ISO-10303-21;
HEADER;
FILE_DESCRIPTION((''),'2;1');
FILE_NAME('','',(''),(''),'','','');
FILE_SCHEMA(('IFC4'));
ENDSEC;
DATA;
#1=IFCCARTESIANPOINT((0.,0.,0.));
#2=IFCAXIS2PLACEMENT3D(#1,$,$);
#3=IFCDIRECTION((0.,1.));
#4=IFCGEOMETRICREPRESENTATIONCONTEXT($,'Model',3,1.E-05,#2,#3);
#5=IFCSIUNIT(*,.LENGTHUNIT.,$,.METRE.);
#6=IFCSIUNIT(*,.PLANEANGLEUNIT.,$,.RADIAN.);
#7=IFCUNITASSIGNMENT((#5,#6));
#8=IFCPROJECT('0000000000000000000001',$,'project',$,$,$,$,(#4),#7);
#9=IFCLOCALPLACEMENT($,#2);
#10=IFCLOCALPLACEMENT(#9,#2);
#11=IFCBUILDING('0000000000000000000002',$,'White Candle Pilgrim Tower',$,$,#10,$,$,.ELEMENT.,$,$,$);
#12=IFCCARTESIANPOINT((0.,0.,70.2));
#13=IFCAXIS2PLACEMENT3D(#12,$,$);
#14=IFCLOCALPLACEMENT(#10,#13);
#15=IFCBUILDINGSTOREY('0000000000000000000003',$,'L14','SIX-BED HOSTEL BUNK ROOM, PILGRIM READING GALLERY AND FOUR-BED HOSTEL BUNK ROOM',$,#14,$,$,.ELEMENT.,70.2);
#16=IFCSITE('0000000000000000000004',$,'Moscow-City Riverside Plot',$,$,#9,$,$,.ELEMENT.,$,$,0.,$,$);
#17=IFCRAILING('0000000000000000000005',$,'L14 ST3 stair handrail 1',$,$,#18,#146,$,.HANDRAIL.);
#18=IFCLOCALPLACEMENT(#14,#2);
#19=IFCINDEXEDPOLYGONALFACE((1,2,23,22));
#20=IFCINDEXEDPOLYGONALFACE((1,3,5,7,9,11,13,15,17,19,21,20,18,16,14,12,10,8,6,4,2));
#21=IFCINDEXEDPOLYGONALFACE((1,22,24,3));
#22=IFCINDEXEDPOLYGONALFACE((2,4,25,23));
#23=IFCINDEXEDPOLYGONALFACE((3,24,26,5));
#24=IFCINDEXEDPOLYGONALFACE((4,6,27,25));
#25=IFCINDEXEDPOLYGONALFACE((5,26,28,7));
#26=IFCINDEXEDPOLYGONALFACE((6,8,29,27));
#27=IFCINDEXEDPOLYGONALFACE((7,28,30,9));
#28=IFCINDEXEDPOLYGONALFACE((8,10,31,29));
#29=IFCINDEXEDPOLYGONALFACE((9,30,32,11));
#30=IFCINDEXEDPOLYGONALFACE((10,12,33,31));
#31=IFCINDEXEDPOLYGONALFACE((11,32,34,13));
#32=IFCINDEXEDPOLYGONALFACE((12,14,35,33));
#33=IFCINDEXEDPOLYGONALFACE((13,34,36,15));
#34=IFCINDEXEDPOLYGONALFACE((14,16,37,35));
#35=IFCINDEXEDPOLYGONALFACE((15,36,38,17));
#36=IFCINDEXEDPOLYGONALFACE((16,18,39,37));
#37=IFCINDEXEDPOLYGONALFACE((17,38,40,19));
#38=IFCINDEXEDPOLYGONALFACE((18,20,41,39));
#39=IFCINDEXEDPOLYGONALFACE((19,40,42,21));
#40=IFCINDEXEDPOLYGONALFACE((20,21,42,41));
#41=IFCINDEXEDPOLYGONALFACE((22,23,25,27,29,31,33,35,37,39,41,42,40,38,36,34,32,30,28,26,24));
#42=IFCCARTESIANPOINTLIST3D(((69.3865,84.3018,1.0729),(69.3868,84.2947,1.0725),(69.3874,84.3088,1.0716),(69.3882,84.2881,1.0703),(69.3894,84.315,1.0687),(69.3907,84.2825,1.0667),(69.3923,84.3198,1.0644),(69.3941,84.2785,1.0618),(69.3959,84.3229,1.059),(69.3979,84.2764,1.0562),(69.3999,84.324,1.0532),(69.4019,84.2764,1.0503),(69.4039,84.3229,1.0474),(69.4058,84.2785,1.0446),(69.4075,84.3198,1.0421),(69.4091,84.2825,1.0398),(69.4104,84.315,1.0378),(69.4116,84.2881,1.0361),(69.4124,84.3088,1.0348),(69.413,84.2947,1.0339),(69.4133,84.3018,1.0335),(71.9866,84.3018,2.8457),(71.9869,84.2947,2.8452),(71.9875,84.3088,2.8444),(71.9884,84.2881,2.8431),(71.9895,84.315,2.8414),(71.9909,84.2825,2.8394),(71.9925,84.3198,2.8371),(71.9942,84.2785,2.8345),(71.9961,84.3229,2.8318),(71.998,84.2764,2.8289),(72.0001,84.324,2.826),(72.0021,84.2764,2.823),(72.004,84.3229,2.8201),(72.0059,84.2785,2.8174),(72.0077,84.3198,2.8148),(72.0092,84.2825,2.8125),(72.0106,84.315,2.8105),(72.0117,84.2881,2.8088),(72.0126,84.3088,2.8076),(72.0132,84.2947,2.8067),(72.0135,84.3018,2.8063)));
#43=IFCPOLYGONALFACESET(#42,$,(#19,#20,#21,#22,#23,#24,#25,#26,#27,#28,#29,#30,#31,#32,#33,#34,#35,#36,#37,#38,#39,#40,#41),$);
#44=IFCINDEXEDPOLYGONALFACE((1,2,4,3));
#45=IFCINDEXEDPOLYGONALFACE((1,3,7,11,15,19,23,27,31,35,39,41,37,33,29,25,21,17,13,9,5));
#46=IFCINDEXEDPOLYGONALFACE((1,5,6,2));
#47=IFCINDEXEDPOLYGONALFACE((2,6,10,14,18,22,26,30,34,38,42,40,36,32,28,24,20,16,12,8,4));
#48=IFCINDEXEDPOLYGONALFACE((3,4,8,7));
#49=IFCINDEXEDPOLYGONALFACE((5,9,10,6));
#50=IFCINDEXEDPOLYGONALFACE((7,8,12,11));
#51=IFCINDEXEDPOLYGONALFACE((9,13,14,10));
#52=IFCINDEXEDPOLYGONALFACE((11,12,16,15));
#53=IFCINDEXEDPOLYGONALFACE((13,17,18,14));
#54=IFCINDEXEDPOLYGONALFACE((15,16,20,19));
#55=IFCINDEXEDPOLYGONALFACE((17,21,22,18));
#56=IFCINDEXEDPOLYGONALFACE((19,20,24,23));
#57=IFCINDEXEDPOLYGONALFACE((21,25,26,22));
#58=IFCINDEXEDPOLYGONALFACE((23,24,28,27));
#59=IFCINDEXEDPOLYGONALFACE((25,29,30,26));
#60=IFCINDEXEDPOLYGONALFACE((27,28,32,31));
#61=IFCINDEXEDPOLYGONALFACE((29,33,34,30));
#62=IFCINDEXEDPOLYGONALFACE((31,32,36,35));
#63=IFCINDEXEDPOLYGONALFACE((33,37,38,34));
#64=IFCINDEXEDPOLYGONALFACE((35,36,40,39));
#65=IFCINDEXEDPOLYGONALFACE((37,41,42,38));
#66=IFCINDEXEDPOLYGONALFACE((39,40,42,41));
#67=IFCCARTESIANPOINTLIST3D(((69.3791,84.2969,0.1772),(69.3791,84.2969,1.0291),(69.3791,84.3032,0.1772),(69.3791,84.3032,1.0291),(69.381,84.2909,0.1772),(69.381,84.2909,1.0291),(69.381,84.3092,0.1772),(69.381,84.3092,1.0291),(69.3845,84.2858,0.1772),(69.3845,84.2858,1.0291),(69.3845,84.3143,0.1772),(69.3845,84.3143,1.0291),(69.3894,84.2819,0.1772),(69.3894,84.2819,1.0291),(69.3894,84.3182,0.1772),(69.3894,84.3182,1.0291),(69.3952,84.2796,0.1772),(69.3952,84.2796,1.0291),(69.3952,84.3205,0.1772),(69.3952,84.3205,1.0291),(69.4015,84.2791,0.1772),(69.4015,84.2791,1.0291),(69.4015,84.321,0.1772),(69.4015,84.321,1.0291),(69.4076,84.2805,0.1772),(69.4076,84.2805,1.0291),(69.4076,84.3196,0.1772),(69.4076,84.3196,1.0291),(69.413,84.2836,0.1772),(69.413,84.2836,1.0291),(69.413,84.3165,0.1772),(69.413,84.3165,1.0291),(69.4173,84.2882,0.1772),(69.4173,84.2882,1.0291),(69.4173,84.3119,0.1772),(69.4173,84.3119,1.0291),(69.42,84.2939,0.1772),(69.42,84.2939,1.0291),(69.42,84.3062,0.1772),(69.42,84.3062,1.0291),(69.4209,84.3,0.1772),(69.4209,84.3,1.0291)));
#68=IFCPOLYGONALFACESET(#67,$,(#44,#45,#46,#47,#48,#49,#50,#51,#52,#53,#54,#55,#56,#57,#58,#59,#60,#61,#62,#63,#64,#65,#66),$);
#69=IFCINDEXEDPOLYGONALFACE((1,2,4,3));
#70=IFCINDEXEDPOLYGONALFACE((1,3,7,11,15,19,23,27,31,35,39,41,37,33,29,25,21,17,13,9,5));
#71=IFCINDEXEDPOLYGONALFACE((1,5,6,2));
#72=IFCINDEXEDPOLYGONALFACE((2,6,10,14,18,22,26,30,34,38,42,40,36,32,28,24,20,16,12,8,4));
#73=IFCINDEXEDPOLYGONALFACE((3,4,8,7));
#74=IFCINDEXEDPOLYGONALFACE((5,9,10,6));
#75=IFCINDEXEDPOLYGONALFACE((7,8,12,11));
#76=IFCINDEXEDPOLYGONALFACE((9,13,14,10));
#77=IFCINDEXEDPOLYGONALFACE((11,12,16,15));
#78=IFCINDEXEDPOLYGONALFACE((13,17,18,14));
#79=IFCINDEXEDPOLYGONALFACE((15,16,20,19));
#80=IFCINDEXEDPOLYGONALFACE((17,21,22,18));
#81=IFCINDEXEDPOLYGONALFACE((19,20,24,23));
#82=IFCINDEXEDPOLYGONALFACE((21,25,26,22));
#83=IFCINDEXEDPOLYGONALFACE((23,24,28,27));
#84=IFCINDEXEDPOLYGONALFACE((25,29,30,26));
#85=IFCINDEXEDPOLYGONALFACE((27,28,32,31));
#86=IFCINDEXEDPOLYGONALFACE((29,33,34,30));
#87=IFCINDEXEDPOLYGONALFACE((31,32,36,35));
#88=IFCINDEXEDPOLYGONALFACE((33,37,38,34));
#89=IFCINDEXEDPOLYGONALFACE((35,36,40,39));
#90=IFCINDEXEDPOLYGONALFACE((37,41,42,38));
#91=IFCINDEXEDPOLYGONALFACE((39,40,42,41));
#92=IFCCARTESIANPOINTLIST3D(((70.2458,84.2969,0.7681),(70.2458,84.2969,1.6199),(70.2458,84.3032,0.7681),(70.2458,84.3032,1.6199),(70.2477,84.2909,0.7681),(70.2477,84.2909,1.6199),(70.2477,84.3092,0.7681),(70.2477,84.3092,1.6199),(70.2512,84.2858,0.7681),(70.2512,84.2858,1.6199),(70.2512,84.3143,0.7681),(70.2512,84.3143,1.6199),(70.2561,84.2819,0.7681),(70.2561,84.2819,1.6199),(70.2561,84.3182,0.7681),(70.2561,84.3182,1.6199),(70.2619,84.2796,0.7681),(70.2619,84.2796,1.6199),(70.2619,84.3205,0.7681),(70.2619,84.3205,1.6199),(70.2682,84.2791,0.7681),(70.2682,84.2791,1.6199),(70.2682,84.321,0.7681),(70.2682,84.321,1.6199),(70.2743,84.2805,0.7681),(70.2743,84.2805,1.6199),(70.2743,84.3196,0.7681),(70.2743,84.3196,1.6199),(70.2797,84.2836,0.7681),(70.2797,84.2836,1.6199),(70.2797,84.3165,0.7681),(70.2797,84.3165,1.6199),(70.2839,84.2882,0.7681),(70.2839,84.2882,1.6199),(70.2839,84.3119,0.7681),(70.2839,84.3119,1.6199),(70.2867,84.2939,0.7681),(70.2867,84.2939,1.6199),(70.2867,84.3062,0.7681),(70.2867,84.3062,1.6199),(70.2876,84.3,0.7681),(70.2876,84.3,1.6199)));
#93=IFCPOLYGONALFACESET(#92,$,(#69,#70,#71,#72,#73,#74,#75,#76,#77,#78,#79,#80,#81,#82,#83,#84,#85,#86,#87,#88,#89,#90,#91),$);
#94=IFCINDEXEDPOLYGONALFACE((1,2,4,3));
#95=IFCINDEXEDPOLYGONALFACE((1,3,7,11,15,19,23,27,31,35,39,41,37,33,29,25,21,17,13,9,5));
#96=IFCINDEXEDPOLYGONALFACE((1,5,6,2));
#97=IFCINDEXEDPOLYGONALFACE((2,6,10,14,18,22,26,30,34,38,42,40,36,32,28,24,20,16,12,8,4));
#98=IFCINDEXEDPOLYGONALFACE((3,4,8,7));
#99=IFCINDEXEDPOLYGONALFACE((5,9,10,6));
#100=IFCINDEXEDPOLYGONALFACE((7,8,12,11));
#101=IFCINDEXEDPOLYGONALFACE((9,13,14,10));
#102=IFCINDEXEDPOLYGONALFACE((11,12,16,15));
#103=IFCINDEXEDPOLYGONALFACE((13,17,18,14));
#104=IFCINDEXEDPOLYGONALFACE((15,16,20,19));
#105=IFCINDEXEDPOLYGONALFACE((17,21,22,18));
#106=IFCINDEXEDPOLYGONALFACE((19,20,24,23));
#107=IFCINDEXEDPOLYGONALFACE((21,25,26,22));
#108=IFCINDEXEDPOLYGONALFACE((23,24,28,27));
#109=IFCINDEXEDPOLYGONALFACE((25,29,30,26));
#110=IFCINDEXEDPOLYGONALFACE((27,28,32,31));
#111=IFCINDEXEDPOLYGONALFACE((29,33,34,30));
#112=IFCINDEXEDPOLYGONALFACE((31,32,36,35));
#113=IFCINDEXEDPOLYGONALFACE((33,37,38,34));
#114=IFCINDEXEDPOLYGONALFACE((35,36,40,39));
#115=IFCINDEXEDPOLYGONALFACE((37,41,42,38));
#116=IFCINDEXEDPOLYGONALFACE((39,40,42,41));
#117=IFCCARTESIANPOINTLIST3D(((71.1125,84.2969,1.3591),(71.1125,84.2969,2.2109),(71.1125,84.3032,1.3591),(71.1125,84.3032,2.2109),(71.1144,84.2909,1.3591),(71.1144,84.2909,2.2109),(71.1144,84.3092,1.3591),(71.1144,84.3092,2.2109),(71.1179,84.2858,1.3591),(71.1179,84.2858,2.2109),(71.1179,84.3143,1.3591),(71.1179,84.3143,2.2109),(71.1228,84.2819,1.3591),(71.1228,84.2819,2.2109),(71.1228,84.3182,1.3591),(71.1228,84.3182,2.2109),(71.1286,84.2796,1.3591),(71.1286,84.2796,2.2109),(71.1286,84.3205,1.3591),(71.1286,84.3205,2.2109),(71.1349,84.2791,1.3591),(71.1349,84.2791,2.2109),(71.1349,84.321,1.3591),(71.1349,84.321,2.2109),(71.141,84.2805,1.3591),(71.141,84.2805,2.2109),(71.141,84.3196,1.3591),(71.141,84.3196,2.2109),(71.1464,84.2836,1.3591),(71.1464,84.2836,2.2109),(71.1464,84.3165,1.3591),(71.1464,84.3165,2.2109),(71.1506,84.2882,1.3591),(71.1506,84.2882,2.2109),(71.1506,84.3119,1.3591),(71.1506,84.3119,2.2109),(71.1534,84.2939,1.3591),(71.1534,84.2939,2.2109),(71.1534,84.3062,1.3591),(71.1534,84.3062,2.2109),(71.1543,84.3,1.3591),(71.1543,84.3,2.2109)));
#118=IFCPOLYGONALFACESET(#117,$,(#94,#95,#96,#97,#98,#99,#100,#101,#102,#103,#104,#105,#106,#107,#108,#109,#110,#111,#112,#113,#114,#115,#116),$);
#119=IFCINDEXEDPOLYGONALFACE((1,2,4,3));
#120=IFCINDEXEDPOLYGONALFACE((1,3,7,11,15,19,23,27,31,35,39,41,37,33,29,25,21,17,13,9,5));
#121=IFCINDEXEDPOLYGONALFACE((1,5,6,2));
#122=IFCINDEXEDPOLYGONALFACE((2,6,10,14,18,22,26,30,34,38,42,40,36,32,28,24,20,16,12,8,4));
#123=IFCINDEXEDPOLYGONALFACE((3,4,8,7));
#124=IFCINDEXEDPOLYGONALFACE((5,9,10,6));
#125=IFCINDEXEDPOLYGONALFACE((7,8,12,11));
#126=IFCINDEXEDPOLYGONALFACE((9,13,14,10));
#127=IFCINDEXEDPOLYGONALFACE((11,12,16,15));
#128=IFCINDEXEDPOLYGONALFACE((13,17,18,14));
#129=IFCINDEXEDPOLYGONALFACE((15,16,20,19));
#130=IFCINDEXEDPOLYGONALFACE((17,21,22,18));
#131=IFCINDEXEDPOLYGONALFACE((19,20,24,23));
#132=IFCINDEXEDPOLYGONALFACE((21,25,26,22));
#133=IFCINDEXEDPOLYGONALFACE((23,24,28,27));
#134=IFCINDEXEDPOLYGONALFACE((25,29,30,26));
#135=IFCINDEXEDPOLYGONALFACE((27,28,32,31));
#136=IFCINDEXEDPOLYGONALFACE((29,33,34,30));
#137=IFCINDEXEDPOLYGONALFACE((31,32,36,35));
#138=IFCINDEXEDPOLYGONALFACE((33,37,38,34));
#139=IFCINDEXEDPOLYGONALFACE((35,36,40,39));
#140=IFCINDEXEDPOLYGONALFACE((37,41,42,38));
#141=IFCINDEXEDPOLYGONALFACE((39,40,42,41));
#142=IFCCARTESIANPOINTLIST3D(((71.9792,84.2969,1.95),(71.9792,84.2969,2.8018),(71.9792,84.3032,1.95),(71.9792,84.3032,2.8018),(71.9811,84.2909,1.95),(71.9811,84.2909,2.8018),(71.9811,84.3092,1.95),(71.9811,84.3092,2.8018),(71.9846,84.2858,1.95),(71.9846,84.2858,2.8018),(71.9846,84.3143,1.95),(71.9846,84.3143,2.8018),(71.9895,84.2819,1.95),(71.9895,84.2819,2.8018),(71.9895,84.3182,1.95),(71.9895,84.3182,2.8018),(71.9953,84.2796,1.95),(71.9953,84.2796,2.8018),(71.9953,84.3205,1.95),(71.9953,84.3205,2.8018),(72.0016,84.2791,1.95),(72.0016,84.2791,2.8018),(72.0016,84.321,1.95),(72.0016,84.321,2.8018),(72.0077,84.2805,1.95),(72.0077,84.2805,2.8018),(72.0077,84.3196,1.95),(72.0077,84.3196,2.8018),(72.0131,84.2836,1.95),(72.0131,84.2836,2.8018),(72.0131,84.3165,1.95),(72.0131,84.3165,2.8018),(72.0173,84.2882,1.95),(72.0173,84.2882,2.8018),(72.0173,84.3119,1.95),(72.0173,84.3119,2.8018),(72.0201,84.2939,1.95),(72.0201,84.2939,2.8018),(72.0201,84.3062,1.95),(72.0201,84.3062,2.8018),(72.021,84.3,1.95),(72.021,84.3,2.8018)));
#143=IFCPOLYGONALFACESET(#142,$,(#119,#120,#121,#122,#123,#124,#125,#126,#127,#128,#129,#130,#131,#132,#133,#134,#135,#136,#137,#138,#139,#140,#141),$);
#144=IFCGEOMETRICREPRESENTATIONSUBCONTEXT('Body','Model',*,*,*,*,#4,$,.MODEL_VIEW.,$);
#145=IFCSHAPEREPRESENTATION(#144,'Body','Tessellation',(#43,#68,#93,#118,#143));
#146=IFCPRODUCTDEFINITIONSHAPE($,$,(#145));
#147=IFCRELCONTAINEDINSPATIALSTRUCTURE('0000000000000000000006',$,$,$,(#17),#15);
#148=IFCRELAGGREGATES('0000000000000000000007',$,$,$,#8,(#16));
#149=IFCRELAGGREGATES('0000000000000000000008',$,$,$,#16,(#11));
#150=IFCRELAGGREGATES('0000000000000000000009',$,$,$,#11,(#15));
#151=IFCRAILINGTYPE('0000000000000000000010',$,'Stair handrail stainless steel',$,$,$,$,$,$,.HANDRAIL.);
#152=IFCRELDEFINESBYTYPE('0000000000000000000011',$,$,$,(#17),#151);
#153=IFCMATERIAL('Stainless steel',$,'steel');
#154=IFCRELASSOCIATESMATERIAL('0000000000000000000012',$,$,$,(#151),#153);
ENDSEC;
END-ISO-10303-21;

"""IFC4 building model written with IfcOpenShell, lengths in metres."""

from ifc_helpers import new_model, si_unit, direction, frame, origin, origin_2d, place, context, subcontext, project, spatial, circle, extrude, material, type_object, element, save


model = new_model("IFC4")

# Units and contexts
model_context = context("Model", 3, precision=1e-05, world=origin(), true_north=direction((0.0, 1.0)))
body_context = subcontext(model_context, "Body", "Model", "MODEL_VIEW")
ifc_project = project(units=[si_unit("LENGTHUNIT", "METRE"), si_unit("PLANEANGLEUNIT", "RADIAN")], contexts=[model_context])

# Site, building, storey
site_placement = place(None, origin())
site = spatial("IfcSite", under=ifc_project, at=site_placement, Name="Moscow-City Riverside Plot", CompositionType="ELEMENT", RefElevation=0.0)
building_placement = place(site_placement, origin())
building = spatial("IfcBuilding", under=site, at=building_placement, Name="White Candle Pilgrim Tower", CompositionType="ELEMENT")
storey_placement = place(building_placement, frame((0.0, 0.0, 70.2)))
storey = spatial("IfcBuildingStorey", under=building, at=storey_placement, Name="L14", Description="SIX-BED HOSTEL BUNK ROOM, PILGRIM READING GALLERY AND FOUR-BED HOSTEL BUNK ROOM", CompositionType="ELEMENT", Elevation=70.2)

# Railing
ifc_material_1 = material(Name="Stainless steel", Category="steel")
railing_type_1 = type_object("IfcRailingType", Name="Stair handrail stainless steel", PredefinedType="HANDRAIL", material=ifc_material_1)
railing_1_placement = place(storey_placement, frame((69.3999, 84.3, 0.1772)))
element("IfcRailing", 1, at=railing_1_placement, inside=storey, type_object=railing_type_1, Name="L14 ST3 stair handrail 1", PredefinedType="HANDRAIL", context=body_context, shape_type="SweptSolid", body=[
    extrude(circle(Radius=0.0239, at=origin_2d()), frame((0.0, 0.0, 0.876), z_axis=(0.82624, 0.0, 0.563318), x_axis=(0.0, 1.0, 0.0)), (0.0, 0.0, 1.0), 3.147),
    extrude(circle(Radius=0.021, at=origin_2d()), origin(), (0.0, 0.0, 1.0), 0.8518),
    extrude(circle(Radius=0.021, at=origin_2d()), frame((0.8667, 0.0, 0.5908)), (0.0, 0.0, 1.0), 0.8518),
    extrude(circle(Radius=0.021, at=origin_2d()), frame((1.7334, 0.0, 1.1819)), (0.0, 0.0, 1.0), 0.8518),
    extrude(circle(Radius=0.021, at=origin_2d()), frame((2.6001, 0.0, 1.7727)), (0.0, 0.0, 1.0), 0.8518),
])

save(model, "model.ifc")
